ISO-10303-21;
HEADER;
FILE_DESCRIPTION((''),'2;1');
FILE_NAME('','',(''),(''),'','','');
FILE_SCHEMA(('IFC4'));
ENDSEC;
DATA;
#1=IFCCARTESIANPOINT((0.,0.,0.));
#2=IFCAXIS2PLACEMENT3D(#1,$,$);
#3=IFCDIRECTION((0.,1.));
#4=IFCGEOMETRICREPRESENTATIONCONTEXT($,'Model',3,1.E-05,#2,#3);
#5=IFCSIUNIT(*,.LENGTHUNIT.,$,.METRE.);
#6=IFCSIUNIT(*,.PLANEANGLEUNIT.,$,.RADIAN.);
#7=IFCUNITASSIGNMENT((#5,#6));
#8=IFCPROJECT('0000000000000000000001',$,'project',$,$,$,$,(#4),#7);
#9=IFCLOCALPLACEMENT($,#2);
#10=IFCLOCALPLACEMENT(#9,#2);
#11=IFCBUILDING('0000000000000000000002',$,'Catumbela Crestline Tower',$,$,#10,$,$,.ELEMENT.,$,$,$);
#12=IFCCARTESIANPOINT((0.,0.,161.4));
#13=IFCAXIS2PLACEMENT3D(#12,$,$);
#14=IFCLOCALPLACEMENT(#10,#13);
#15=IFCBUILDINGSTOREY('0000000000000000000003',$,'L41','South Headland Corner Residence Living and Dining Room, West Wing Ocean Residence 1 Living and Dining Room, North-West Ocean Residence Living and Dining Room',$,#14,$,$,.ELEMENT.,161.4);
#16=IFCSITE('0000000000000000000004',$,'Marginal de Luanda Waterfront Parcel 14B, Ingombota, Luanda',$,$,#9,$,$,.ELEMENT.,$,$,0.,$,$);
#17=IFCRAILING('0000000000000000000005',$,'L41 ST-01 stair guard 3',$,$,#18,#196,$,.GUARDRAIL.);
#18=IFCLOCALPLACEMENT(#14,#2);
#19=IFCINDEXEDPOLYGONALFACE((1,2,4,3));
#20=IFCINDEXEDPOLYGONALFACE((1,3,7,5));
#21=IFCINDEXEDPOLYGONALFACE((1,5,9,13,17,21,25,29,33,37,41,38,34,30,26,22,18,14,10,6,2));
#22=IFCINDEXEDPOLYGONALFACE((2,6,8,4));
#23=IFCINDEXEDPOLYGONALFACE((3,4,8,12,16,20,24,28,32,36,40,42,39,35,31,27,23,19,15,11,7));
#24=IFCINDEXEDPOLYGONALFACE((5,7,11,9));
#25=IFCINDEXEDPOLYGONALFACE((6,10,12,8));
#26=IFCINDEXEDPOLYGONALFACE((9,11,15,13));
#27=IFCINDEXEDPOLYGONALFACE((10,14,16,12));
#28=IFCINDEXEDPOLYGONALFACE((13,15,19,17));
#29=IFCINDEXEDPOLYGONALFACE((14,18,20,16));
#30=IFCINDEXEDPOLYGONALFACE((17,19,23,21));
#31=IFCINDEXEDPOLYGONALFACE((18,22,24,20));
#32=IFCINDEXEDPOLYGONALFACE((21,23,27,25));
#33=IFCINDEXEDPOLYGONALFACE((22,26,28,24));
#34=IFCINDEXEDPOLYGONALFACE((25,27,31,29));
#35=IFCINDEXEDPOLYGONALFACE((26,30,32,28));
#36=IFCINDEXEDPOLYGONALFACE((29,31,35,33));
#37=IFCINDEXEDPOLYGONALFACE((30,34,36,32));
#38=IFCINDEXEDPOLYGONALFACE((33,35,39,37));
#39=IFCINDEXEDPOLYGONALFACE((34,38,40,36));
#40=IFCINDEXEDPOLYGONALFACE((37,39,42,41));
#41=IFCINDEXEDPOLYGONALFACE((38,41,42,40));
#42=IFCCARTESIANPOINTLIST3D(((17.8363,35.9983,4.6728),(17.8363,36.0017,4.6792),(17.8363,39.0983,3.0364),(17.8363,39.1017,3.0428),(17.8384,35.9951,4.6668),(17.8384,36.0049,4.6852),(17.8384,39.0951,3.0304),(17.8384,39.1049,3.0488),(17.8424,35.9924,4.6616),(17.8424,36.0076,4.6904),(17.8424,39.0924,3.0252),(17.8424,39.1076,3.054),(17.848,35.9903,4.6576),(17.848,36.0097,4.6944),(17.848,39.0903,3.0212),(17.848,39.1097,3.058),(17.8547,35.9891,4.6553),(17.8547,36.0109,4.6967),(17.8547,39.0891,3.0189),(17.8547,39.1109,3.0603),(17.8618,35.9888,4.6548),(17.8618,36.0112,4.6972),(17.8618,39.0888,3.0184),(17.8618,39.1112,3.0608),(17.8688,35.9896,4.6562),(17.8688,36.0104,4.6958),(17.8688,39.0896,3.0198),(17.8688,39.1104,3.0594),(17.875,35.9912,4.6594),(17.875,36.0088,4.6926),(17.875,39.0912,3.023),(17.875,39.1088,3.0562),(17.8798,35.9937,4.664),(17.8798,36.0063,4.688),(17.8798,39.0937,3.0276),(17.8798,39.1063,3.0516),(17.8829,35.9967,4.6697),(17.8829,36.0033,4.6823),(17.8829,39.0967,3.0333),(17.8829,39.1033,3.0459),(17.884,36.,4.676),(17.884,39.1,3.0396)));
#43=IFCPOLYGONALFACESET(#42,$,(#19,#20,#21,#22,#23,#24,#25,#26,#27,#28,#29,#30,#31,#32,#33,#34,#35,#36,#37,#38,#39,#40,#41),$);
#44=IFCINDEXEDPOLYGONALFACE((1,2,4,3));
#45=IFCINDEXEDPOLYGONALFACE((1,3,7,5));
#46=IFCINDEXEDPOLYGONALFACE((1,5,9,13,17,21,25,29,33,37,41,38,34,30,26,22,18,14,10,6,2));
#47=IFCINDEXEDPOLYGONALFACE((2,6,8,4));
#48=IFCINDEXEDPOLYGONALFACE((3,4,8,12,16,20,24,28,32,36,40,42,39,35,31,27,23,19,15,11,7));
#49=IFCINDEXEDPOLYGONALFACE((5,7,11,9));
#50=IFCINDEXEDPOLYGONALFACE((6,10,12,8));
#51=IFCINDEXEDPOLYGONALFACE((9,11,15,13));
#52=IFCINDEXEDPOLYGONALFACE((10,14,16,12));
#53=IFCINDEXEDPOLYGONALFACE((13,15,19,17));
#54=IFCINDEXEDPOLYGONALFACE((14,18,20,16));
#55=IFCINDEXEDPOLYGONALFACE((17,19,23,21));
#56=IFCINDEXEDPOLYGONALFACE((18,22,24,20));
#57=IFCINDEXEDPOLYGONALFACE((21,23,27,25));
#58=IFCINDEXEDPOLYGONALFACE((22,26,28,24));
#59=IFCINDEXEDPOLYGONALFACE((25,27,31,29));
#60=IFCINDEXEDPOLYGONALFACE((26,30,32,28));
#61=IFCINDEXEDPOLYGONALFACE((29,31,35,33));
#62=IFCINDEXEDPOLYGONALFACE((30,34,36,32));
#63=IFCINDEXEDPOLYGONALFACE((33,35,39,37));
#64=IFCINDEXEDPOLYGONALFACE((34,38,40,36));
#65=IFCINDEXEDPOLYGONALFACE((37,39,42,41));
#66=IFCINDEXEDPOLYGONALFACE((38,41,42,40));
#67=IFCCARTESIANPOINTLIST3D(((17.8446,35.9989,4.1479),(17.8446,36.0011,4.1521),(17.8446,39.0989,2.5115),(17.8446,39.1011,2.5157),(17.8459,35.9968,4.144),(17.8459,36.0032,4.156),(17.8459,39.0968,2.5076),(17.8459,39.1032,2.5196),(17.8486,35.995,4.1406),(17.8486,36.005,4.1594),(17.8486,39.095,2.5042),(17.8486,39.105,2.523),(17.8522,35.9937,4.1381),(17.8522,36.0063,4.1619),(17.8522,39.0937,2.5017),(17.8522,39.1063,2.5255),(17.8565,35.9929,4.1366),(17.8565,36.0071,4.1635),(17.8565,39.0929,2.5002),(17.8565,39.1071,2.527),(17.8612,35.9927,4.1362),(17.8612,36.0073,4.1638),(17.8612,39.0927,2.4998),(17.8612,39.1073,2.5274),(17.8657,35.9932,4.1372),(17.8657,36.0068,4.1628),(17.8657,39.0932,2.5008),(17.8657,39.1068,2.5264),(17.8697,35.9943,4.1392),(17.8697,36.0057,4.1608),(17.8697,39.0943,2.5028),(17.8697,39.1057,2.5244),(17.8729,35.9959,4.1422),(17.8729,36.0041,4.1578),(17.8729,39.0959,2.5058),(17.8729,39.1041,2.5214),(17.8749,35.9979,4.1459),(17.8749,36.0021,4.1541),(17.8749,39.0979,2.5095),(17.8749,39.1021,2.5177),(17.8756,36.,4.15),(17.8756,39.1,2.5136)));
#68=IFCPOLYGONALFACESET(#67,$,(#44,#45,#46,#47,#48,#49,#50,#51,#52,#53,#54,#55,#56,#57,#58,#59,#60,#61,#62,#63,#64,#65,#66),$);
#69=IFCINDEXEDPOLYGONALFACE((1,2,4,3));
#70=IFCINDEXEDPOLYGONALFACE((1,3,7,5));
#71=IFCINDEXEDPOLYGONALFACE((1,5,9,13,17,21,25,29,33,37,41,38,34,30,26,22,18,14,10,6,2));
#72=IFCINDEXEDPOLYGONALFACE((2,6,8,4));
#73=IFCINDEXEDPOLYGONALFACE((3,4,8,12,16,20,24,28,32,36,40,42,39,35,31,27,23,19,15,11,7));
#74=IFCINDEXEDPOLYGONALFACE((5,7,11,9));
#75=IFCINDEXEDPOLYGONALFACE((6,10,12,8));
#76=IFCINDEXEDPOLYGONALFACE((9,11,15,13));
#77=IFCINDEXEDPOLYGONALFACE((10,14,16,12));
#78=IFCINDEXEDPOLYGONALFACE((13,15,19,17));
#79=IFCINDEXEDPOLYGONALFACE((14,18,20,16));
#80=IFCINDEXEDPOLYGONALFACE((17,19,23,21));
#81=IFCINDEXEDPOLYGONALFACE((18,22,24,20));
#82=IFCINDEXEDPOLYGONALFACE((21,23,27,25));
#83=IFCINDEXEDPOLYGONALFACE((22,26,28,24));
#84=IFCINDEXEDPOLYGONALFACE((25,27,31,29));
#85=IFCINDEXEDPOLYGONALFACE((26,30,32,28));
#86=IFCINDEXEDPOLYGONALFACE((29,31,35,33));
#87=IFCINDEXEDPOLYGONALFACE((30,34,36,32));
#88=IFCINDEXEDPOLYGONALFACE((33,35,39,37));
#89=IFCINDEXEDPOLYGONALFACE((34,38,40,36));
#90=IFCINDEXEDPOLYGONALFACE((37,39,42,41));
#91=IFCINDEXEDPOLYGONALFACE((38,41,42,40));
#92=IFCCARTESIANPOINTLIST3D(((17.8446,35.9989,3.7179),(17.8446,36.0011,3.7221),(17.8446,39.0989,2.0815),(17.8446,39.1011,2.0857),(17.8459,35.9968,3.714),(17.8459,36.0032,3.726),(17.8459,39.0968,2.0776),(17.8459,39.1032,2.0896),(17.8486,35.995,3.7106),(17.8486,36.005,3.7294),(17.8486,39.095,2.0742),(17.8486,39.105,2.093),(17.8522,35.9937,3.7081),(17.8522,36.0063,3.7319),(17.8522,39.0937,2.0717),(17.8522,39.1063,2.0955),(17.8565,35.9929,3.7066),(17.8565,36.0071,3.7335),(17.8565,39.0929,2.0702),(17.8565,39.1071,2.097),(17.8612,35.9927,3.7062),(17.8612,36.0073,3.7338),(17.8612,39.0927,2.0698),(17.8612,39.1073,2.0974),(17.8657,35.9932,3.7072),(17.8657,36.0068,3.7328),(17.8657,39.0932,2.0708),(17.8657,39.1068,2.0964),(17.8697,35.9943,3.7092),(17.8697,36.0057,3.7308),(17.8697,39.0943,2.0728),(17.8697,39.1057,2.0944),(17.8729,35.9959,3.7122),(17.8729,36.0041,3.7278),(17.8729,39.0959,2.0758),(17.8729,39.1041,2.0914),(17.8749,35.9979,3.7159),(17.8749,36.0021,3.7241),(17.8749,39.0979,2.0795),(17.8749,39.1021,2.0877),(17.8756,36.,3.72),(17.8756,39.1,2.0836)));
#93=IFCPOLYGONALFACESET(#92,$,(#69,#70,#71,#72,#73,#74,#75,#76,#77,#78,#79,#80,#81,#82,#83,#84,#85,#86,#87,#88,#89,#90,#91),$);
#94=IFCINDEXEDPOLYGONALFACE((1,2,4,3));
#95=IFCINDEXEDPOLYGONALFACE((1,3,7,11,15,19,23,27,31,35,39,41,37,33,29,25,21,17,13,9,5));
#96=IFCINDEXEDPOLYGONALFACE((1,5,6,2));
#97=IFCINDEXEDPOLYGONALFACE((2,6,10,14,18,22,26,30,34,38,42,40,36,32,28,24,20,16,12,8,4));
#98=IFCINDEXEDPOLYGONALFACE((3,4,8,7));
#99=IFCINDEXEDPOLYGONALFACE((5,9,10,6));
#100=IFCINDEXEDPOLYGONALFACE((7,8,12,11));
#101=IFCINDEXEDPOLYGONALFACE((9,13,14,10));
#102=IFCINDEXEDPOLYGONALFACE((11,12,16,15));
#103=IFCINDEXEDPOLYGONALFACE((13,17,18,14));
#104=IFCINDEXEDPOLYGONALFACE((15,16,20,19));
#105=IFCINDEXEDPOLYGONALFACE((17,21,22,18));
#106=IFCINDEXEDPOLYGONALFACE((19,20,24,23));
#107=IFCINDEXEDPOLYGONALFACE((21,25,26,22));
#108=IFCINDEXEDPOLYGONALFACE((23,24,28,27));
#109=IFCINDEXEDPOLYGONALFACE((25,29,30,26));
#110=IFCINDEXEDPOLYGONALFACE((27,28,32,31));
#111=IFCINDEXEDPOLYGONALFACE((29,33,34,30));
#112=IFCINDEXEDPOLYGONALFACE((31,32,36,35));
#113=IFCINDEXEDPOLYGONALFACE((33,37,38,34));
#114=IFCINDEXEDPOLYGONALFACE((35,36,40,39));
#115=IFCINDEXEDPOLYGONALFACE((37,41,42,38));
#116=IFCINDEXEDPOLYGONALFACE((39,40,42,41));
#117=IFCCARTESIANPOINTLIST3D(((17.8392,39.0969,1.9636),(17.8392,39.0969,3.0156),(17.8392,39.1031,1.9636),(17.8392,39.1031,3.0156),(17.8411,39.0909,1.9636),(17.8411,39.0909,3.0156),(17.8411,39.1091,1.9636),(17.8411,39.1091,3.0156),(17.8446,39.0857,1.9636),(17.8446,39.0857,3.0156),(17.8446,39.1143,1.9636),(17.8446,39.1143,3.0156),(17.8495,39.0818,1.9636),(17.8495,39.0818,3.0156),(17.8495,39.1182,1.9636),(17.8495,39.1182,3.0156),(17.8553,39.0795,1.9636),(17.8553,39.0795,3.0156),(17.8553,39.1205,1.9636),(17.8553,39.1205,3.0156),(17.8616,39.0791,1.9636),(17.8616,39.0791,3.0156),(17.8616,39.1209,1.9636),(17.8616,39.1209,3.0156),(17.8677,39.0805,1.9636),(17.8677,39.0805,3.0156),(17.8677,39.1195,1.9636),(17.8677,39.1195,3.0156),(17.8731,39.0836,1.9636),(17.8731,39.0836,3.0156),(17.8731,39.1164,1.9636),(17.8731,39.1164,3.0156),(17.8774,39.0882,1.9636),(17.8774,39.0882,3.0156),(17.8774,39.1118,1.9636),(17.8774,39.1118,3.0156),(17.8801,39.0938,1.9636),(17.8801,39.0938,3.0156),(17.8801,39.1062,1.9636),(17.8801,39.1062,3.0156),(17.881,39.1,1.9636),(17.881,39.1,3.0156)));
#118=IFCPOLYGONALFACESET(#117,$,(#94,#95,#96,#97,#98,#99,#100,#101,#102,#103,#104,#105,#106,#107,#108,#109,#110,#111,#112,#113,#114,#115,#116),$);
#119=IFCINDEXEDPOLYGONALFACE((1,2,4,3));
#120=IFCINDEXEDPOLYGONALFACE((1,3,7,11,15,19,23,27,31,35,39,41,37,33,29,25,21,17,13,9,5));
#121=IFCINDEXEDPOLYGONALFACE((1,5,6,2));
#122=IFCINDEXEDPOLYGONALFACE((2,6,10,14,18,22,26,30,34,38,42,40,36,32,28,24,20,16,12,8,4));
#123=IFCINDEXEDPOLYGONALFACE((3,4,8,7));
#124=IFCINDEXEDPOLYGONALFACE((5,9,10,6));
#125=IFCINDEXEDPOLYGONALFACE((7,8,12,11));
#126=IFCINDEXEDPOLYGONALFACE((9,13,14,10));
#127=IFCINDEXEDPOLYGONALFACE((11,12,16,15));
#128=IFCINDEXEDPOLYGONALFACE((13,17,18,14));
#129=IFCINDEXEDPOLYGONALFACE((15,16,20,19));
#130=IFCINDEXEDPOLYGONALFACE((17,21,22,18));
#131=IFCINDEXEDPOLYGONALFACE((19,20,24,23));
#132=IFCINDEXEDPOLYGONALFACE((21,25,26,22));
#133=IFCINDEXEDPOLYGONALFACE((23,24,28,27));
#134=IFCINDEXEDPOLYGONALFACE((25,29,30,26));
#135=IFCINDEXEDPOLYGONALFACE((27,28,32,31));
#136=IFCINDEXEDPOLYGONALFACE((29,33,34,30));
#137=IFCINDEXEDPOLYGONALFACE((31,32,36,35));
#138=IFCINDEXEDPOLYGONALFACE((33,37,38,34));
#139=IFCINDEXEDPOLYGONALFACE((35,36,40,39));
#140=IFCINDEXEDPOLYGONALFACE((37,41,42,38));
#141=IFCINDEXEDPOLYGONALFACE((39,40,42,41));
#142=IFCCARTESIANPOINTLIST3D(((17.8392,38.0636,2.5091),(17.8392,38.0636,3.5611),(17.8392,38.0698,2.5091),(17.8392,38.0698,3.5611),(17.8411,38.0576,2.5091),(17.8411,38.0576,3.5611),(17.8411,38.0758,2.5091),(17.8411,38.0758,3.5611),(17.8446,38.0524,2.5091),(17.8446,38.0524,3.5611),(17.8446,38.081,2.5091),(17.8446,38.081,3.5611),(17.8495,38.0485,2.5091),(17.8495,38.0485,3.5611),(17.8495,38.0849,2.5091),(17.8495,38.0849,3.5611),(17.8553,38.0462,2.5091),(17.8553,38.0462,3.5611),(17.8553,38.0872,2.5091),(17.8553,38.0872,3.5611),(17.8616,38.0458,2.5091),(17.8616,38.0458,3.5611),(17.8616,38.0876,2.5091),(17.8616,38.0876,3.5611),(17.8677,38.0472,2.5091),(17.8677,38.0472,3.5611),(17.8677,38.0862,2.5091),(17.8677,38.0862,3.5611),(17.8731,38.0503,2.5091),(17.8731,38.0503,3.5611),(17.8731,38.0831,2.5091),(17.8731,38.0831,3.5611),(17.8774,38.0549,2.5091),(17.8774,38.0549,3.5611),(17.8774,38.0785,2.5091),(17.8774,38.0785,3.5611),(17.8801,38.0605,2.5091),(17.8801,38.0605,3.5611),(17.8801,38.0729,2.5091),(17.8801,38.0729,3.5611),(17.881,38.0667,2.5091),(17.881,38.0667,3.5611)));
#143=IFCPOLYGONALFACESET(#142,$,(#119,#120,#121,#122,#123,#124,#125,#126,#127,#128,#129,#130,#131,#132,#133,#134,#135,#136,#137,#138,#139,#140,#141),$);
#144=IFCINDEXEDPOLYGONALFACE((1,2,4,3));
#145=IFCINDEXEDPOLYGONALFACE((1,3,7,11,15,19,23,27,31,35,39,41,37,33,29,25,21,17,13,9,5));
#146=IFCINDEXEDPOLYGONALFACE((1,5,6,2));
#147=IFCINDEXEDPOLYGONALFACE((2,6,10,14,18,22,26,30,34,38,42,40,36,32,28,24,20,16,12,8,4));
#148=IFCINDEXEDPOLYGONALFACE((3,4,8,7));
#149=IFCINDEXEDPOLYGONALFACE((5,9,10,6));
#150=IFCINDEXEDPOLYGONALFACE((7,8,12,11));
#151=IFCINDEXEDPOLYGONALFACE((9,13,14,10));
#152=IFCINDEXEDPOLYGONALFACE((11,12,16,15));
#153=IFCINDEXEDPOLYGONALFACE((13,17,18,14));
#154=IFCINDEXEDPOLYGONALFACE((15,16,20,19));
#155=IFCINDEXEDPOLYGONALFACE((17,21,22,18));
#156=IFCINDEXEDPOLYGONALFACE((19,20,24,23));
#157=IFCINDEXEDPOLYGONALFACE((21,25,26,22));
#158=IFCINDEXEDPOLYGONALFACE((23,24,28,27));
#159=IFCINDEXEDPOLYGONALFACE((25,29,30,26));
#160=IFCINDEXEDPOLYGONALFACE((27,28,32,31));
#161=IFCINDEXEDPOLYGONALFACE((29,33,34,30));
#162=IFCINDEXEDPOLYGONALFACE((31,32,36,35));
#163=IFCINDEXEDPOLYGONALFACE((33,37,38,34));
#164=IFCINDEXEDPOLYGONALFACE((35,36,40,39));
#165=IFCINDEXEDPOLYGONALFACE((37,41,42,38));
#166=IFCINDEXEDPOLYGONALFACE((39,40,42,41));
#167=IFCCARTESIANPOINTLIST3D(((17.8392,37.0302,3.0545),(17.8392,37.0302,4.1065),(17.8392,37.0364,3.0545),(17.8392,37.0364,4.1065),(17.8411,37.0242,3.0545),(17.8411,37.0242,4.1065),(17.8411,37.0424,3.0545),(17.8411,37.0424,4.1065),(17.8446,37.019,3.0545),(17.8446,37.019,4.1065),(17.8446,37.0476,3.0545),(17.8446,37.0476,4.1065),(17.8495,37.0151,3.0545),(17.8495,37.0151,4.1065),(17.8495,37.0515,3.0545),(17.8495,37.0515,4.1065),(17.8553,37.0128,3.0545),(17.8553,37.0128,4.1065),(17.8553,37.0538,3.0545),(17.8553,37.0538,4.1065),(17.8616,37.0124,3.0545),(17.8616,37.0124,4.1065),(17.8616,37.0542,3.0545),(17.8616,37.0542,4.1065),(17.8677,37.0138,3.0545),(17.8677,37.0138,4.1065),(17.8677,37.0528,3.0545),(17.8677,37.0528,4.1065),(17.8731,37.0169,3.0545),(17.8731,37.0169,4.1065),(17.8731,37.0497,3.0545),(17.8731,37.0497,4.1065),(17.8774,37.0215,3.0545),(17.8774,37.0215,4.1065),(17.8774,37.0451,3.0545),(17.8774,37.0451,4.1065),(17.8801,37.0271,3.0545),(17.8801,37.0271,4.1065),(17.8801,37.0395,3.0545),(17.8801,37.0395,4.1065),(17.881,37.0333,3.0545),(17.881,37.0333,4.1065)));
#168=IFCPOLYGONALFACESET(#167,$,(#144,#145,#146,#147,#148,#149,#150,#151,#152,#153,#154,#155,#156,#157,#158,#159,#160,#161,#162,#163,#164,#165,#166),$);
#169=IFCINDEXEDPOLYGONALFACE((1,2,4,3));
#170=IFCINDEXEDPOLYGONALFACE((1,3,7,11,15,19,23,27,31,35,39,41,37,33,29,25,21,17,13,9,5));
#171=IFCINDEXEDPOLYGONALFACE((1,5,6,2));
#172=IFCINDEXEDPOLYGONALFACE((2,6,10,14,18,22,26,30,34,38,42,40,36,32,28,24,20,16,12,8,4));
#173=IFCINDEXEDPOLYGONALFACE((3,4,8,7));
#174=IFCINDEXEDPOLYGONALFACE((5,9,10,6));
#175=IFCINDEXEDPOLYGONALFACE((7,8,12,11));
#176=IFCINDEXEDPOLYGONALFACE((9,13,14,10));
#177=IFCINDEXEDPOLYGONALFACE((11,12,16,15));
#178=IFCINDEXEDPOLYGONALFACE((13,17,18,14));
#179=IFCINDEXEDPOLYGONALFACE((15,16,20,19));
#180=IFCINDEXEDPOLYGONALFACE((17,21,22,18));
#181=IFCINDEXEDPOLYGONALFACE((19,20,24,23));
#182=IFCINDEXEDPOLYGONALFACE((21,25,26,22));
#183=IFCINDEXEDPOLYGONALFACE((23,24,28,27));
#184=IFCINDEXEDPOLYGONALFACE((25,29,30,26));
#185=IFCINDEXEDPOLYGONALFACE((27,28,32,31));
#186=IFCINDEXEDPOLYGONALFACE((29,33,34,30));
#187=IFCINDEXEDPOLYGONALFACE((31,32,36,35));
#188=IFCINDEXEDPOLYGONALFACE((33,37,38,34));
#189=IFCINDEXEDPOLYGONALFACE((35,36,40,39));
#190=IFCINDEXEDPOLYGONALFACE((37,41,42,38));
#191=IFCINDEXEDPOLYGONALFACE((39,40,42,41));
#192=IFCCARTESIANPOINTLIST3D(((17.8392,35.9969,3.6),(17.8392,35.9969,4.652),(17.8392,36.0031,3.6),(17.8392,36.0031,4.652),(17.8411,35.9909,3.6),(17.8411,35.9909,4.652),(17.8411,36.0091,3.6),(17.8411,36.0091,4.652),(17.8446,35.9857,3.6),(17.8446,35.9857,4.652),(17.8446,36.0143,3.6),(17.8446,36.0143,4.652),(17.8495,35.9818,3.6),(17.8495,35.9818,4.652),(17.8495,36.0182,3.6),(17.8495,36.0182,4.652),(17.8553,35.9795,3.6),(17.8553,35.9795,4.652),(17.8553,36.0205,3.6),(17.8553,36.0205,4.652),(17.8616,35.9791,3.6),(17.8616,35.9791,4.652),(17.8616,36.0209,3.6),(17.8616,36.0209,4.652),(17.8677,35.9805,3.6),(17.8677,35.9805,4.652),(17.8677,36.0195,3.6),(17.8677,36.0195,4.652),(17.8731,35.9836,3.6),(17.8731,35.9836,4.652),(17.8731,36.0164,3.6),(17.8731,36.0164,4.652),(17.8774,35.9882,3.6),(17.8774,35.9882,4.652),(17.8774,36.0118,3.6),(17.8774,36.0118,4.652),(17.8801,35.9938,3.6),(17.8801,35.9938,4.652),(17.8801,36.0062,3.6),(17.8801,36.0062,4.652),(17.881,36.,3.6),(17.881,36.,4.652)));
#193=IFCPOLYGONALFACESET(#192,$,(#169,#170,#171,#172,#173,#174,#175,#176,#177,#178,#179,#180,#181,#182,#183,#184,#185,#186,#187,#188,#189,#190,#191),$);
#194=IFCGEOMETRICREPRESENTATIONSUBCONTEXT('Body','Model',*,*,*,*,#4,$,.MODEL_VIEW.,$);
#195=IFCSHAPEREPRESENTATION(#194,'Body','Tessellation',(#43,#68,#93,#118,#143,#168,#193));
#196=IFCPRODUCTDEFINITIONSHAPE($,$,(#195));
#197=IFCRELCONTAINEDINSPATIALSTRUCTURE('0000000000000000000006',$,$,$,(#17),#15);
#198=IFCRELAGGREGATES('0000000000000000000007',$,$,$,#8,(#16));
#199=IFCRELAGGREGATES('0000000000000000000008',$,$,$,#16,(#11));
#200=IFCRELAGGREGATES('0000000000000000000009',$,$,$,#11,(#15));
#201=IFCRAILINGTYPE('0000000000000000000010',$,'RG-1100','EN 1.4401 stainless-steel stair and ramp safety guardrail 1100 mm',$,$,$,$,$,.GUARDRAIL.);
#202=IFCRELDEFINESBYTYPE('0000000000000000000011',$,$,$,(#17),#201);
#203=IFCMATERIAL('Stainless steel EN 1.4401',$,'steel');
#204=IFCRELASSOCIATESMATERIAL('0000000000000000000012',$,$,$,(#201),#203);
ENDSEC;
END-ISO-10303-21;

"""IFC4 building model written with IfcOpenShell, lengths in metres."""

from ifc_helpers import new_model, si_unit, direction, frame, origin, origin_2d, place, context, subcontext, project, spatial, circle, extrude, material, type_object, element, save


model = new_model("IFC4")

# Units and contexts
model_context = context("Model", 3, precision=1e-05, world=origin(), true_north=direction((0.0, 1.0)))
body_context = subcontext(model_context, "Body", "Model", "MODEL_VIEW")
ifc_project = project(units=[si_unit("LENGTHUNIT", "METRE"), si_unit("PLANEANGLEUNIT", "RADIAN")], contexts=[model_context])

# Site, building, storey
site_placement = place(None, origin())
site = spatial("IfcSite", under=ifc_project, at=site_placement, Name="Marginal de Luanda Waterfront Parcel 14B, Ingombota, Luanda", CompositionType="ELEMENT", RefElevation=0.0)
building_placement = place(site_placement, origin())
building = spatial("IfcBuilding", under=site, at=building_placement, Name="Catumbela Crestline Tower", CompositionType="ELEMENT")
storey_placement = place(building_placement, frame((0.0, 0.0, 161.4)))
storey = spatial("IfcBuildingStorey", under=building, at=storey_placement, Name="L41", Description="South Headland Corner Residence Living and Dining Room, West Wing Ocean Residence 1 Living and Dining Room, North-West Ocean Residence Living and Dining Room", CompositionType="ELEMENT", Elevation=161.4)

# Railing
ifc_material_1 = material(Name="Stainless steel EN 1.4401", Category="steel")
railing_type_1 = type_object("IfcRailingType", Name="RG-1100", Description="EN 1.4401 stainless-steel stair and ramp safety guardrail 1100 mm", PredefinedType="GUARDRAIL", material=ifc_material_1)
railing_1_placement = place(storey_placement, frame((17.86, 39.1, 1.9636)))
element("IfcRailing", 1, at=railing_1_placement, inside=storey, type_object=railing_type_1, Name="L41 ST-01 stair guard 3", PredefinedType="GUARDRAIL", context=body_context, shape_type="SweptSolid", body=[
    extrude(circle(Radius=0.024, at=origin_2d()), frame((0.0, 0.0, 1.076), z_axis=(0.0, -0.884351, 0.466823), x_axis=(1.0, 0.0, 0.0)), (0.0, 0.0, 1.0), 3.5054),
    extrude(circle(Radius=0.0156, at=origin_2d()), frame((0.0, 0.0, 0.55), z_axis=(0.0, -0.884351, 0.466823), x_axis=(1.0, 0.0, 0.0)), (0.0, 0.0, 1.0), 3.5054),
    extrude(circle(Radius=0.0156, at=origin_2d()), frame((0.0, 0.0, 0.12), z_axis=(0.0, -0.884351, 0.466823), x_axis=(1.0, 0.0, 0.0)), (0.0, 0.0, 1.0), 3.5054),
    extrude(circle(Radius=0.021, at=origin_2d()), origin(), (0.0, 0.0, 1.0), 1.052),
    extrude(circle(Radius=0.021, at=origin_2d()), frame((0.0, -1.0333, 0.5455)), (0.0, 0.0, 1.0), 1.052),
    extrude(circle(Radius=0.021, at=origin_2d()), frame((0.0, -2.0667, 1.0909)), (0.0, 0.0, 1.0), 1.052),
    extrude(circle(Radius=0.021, at=origin_2d()), frame((0.0, -3.1, 1.6364)), (0.0, 0.0, 1.0), 1.052),
])

save(model, "model.ifc")
